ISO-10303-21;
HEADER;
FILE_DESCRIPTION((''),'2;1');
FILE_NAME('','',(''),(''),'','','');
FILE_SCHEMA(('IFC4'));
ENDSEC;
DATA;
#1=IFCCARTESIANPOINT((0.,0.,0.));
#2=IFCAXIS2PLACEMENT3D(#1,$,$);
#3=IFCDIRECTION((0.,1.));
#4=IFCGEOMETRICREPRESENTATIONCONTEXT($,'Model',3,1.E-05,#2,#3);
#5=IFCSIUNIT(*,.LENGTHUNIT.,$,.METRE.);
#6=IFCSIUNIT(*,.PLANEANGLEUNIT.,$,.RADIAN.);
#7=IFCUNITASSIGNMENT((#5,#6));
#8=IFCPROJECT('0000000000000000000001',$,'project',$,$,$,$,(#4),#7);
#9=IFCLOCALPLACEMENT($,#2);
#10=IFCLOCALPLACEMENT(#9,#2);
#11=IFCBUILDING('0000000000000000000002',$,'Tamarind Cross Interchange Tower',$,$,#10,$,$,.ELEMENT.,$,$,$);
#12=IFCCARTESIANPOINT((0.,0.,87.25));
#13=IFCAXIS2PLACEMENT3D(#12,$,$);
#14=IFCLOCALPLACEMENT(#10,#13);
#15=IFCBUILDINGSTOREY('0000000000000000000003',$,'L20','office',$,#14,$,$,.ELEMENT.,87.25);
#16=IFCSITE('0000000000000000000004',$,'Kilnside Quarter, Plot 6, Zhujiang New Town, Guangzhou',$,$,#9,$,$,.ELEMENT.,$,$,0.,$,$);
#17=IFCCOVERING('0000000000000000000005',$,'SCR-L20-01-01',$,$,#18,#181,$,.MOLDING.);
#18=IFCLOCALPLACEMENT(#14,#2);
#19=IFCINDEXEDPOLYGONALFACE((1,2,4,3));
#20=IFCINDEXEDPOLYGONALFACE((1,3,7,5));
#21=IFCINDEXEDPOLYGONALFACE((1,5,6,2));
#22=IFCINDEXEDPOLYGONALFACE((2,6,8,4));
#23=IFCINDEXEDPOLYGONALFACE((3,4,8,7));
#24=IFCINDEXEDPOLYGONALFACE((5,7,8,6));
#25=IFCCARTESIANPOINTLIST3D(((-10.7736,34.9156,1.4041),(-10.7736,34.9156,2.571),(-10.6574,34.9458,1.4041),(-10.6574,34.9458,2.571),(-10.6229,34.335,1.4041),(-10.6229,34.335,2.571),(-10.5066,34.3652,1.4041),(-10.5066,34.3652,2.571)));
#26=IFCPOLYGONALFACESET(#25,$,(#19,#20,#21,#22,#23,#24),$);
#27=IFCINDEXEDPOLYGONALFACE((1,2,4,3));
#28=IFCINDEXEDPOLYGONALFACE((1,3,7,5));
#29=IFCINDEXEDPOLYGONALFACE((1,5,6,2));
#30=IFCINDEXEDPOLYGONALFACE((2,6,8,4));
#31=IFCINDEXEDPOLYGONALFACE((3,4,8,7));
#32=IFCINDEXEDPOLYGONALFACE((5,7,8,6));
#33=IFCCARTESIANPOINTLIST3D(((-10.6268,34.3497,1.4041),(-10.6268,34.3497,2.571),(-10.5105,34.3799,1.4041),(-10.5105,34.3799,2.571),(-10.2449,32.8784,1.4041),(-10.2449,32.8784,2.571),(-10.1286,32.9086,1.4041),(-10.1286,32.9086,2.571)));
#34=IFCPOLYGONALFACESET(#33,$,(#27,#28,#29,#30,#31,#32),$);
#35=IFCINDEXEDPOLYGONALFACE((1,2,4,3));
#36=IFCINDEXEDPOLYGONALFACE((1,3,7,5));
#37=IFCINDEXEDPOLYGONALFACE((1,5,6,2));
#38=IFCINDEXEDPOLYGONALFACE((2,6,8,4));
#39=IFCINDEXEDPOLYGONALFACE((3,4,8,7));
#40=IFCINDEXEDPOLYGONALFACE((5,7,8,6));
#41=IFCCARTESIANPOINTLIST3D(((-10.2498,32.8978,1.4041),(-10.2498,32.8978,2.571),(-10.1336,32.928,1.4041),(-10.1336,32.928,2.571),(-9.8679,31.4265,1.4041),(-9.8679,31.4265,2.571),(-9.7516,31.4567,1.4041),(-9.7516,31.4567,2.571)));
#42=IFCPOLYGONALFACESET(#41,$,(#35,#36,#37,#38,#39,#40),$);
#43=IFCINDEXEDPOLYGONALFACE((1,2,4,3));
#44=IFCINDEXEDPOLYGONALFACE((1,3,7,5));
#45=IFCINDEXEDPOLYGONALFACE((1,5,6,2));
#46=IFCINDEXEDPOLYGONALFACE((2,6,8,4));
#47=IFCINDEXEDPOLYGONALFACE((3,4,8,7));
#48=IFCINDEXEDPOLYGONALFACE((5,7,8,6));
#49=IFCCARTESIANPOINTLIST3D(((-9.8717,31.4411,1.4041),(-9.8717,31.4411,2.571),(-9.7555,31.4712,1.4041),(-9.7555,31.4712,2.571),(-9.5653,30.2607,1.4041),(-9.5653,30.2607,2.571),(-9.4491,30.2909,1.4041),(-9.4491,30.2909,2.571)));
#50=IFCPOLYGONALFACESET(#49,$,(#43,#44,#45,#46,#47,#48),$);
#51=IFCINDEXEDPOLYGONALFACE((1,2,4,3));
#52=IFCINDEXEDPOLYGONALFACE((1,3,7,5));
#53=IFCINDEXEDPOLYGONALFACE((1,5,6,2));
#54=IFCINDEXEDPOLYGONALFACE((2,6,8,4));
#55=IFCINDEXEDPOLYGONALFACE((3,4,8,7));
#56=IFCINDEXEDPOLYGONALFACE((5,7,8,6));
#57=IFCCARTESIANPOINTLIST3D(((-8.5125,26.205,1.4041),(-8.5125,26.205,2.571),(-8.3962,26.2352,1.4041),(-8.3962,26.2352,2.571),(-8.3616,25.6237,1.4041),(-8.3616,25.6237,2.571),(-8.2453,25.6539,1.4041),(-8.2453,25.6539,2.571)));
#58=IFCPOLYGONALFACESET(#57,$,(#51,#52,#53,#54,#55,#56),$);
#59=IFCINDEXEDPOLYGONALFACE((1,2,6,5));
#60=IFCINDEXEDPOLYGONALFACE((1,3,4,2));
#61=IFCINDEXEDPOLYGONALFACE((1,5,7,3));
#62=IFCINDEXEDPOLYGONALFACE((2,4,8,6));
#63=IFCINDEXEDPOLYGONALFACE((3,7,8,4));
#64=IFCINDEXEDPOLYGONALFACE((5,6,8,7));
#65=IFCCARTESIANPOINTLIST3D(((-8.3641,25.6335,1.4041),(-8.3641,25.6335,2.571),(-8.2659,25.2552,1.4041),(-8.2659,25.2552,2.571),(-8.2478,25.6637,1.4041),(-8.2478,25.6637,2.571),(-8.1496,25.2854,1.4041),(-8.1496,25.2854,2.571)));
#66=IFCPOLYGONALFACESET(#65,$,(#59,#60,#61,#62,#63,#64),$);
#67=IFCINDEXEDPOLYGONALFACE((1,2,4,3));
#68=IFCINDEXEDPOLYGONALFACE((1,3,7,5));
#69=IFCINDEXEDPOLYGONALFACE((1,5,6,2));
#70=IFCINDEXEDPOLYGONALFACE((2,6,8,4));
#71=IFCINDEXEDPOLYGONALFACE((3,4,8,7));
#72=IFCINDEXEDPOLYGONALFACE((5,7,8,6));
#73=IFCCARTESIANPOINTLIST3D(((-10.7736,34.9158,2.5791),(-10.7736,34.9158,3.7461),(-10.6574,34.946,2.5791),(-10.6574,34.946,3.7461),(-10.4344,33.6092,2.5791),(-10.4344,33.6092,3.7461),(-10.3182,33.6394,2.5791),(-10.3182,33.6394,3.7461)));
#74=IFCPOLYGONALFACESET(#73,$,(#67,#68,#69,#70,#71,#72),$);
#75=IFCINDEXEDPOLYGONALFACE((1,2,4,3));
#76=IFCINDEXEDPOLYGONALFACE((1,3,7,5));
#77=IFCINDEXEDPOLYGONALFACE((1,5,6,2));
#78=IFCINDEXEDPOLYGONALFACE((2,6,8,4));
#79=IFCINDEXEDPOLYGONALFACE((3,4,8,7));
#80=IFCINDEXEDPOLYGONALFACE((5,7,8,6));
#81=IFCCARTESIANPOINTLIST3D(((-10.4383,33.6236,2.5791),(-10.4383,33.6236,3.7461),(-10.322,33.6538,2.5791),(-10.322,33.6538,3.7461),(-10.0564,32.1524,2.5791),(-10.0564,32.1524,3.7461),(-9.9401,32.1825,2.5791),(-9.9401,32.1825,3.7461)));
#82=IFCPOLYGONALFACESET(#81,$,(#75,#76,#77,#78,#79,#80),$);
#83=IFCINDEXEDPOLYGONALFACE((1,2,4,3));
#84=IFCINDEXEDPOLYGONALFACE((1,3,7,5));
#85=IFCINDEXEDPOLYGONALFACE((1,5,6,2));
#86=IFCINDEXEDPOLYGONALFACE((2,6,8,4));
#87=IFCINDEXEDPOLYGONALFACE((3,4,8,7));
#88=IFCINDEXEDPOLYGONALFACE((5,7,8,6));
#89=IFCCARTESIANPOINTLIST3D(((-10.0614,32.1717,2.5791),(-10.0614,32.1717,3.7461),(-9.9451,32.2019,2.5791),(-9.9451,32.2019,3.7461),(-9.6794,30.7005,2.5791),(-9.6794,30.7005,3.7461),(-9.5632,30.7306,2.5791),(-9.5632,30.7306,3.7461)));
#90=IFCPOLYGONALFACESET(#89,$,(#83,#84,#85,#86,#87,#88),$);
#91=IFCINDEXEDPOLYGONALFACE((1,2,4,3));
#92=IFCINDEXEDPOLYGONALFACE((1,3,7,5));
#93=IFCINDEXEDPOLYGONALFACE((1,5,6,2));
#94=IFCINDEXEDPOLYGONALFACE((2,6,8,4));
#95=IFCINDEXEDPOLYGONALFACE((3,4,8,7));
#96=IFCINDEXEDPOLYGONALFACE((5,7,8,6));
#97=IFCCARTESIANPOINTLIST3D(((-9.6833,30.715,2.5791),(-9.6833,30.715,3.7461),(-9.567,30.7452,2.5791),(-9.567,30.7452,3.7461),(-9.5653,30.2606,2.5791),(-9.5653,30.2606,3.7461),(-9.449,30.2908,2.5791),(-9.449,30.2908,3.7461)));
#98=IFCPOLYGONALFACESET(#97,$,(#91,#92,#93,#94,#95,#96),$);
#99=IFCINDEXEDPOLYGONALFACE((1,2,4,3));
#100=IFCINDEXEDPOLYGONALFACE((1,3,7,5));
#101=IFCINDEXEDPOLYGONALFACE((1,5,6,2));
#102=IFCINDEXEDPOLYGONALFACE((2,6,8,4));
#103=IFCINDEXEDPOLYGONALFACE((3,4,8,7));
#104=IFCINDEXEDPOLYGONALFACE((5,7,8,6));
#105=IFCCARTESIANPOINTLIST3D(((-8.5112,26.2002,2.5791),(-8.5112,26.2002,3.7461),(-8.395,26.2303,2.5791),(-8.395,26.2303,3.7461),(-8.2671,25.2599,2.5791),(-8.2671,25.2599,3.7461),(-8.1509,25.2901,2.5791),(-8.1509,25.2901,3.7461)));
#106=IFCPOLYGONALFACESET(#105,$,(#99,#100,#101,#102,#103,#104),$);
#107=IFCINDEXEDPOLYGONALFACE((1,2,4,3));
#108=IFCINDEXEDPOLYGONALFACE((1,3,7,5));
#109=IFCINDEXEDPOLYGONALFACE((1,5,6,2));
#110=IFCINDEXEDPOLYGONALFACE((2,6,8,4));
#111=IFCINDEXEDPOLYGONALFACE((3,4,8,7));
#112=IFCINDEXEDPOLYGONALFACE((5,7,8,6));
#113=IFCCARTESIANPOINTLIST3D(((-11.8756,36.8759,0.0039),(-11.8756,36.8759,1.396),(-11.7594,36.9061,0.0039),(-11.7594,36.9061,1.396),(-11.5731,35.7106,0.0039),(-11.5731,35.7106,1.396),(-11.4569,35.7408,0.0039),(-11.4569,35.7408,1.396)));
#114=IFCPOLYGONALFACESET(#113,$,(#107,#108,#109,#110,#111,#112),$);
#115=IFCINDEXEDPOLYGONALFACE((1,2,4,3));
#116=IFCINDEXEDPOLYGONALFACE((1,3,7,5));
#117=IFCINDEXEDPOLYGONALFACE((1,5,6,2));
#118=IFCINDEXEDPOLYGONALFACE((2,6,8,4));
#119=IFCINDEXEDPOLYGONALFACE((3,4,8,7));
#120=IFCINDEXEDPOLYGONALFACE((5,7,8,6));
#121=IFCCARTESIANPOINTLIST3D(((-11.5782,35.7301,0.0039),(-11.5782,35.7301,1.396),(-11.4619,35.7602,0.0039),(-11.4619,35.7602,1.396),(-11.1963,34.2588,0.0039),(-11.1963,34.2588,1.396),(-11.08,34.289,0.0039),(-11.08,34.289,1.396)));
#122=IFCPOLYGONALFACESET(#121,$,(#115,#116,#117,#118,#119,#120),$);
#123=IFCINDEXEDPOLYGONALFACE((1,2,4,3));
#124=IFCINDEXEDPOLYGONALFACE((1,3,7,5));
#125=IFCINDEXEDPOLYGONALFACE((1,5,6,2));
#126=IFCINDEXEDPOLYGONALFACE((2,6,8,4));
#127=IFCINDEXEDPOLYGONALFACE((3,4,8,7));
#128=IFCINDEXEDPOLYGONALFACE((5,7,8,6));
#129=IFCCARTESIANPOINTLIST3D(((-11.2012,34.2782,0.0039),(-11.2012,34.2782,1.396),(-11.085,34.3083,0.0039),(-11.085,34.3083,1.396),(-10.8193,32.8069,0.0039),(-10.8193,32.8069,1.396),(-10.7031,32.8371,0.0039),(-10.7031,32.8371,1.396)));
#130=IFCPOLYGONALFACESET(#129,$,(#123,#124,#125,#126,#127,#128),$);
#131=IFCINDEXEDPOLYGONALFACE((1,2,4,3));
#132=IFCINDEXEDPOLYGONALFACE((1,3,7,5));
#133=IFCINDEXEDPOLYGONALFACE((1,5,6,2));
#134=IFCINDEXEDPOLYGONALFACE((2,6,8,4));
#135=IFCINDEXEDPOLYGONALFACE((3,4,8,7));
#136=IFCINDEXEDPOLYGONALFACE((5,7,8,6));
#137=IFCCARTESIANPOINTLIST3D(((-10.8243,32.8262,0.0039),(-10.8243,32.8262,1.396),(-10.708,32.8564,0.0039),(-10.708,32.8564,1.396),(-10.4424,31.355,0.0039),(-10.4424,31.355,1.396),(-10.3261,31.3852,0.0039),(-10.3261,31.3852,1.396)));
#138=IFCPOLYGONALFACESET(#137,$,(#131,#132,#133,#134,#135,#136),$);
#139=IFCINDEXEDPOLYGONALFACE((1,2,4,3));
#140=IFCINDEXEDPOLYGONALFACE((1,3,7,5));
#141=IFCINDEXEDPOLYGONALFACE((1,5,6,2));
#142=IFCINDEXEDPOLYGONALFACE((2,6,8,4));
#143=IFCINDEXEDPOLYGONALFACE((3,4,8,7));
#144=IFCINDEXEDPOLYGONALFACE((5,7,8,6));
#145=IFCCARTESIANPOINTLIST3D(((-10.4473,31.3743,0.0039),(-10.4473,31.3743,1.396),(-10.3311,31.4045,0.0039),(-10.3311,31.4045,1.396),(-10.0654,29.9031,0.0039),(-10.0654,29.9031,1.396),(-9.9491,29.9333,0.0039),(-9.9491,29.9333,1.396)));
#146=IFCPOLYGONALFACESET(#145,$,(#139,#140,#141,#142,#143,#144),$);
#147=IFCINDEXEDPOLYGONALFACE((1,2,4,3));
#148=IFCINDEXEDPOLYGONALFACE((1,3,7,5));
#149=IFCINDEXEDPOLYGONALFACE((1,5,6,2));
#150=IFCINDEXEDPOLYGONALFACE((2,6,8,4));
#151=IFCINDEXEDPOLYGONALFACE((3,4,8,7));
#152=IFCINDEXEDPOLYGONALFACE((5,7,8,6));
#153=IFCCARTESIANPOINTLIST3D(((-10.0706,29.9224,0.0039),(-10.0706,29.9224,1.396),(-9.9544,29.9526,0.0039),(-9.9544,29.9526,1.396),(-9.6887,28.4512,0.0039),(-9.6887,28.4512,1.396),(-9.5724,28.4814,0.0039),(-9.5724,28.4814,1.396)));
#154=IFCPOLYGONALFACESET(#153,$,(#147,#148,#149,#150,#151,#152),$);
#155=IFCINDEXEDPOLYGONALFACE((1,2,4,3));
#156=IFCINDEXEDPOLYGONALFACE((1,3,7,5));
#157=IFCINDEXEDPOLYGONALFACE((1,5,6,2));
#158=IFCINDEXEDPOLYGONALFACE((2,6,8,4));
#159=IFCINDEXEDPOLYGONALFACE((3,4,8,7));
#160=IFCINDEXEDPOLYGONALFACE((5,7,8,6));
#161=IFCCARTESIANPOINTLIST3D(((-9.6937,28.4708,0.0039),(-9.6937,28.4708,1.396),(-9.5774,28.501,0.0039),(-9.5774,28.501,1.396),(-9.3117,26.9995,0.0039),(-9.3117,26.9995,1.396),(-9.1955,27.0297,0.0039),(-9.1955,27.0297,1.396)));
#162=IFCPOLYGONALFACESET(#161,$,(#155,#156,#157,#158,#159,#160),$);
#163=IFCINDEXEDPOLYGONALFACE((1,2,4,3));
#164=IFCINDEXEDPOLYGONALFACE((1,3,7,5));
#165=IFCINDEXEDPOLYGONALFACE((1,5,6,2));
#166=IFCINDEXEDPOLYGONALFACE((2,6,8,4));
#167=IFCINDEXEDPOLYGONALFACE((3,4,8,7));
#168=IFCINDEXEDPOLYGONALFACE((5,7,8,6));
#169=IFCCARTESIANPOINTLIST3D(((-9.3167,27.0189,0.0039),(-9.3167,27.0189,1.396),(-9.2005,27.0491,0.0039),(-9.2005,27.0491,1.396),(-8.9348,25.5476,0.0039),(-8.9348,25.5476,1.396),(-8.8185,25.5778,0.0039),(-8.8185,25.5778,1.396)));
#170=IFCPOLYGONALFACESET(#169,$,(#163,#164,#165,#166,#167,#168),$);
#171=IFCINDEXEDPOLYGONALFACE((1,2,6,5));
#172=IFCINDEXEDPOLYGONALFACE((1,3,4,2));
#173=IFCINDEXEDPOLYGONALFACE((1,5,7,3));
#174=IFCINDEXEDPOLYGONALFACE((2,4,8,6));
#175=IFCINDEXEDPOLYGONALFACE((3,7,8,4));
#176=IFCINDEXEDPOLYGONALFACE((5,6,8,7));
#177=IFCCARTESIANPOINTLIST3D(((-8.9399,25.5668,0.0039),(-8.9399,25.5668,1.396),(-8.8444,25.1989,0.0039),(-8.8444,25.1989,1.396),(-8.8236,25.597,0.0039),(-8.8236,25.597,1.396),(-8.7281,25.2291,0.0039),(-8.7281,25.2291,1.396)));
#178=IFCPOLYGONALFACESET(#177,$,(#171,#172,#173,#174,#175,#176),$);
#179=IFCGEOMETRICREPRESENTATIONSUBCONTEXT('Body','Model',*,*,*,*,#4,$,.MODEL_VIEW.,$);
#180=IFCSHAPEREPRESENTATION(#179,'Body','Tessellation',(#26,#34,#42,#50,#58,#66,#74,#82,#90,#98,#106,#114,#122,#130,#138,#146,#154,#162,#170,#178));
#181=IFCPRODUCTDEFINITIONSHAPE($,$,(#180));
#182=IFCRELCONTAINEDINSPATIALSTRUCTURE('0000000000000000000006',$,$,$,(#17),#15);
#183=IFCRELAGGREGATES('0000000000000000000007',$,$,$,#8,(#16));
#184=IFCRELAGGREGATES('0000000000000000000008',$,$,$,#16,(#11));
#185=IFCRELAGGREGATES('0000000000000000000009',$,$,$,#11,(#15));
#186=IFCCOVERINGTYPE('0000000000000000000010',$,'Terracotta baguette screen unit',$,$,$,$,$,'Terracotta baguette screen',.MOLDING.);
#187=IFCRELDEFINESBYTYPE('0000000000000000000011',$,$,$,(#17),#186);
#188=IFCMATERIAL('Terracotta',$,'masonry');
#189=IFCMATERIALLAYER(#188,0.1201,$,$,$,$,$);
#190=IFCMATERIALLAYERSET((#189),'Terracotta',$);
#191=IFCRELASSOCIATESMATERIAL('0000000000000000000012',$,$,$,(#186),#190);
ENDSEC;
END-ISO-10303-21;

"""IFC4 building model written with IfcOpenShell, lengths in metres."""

from ifc_helpers import new_model, si_unit, direction, frame, origin, origin_2d, place, context, subcontext, project, spatial, rectangle, extrude, material, layer, layer_set, type_object, element, save


model = new_model("IFC4")

# Units and contexts
model_context = context("Model", 3, precision=1e-05, world=origin(), true_north=direction((0.0, 1.0)))
body_context = subcontext(model_context, "Body", "Model", "MODEL_VIEW")
ifc_project = project(units=[si_unit("LENGTHUNIT", "METRE"), si_unit("PLANEANGLEUNIT", "RADIAN")], contexts=[model_context])

# Site, building, storey
site_placement = place(None, origin())
site = spatial("IfcSite", under=ifc_project, at=site_placement, Name="Kilnside Quarter, Plot 6, Zhujiang New Town, Guangzhou", CompositionType="ELEMENT", RefElevation=0.0)
building_placement = place(site_placement, origin())
building = spatial("IfcBuilding", under=site, at=building_placement, Name="Tamarind Cross Interchange Tower", CompositionType="ELEMENT")
storey_placement = place(building_placement, frame((0.0, 0.0, 87.25)))
storey = spatial("IfcBuildingStorey", under=building, at=storey_placement, Name="L20", Description="office", CompositionType="ELEMENT", Elevation=87.25)

# Covering
ifc_material_1 = material(Name="Terracotta", Category="masonry")
ifc_layer_1 = layer(ifc_material_1, 0.1201)
ifc_layer_set_1 = layer_set([ifc_layer_1], Name="Terracotta")
covering_type = type_object("IfcCoveringType", Name="Terracotta baguette screen unit", ElementType="Terracotta baguette screen", PredefinedType="MOLDING", material=ifc_layer_set_1)
covering_1_placement = place(storey_placement, origin())
element("IfcCovering", 1, at=covering_1_placement, inside=storey, type_object=covering_type, Name="SCR-L20-01-01", PredefinedType="MOLDING", context=body_context, shape_type="SweptSolid", body=[
    extrude(rectangle(XDim=0.5999, YDim=0.1201, at=origin_2d()), frame((-10.6401, 34.6404, 1.4041), z_axis=(0.0, 0.0, 1.0), x_axis=(0.251267, -0.967918, 0.0)), (0.0, 0.0, 1.0), 1.167),
    extrude(rectangle(XDim=1.52, YDim=0.1201, at=origin_2d()), frame((-10.3777, 33.6292, 1.4041), z_axis=(0.0, 0.0, 1.0), x_axis=(0.251267, -0.967918, 0.0)), (0.0, 0.0, 1.0), 1.167),
    extrude(rectangle(XDim=1.52, YDim=0.1201, at=origin_2d()), frame((-10.0007, 32.1772, 1.4041), z_axis=(0.0, 0.0, 1.0), x_axis=(0.251267, -0.967918, 0.0)), (0.0, 0.0, 1.0), 1.167),
    extrude(rectangle(XDim=1.2195, YDim=0.1201, at=origin_2d()), frame((-9.6604, 30.866, 1.4041), z_axis=(0.0, 0.0, 1.0), x_axis=(0.251267, -0.967918, 0.0)), (0.0, 0.0, 1.0), 1.167),
    extrude(rectangle(XDim=0.6006, YDim=0.1201, at=origin_2d()), frame((-8.3789, 25.9294, 1.4041), z_axis=(0.0, 0.0, 1.0), x_axis=(0.251267, -0.967918, 0.0)), (0.0, 0.0, 1.0), 1.167),
    extrude(rectangle(XDim=0.3909, YDim=0.1201, at=origin_2d()), frame((-8.2568, 25.4595, 1.4041), z_axis=(0.0, 0.0, 1.0), x_axis=(0.251267, -0.967918, 0.0)), (0.0, 0.0, 1.0), 1.167),
    extrude(rectangle(XDim=1.3499, YDim=0.1201, at=origin_2d()), frame((-10.5459, 34.2776, 2.5791), z_axis=(0.0, 0.0, 1.0), x_axis=(0.251267, -0.967918, 0.0)), (0.0, 0.0, 1.0), 1.167),
    extrude(rectangle(XDim=1.52, YDim=0.1201, at=origin_2d()), frame((-10.1892, 32.9031, 2.5791), z_axis=(0.0, 0.0, 1.0), x_axis=(0.251267, -0.967918, 0.0)), (0.0, 0.0, 1.0), 1.167),
    extrude(rectangle(XDim=1.52, YDim=0.1201, at=origin_2d()), frame((-9.8123, 31.4512, 2.5791), z_axis=(0.0, 0.0, 1.0), x_axis=(0.251267, -0.967918, 0.0)), (0.0, 0.0, 1.0), 1.167),
    extrude(rectangle(XDim=0.4695, YDim=0.1201, at=origin_2d()), frame((-9.5662, 30.5029, 2.5791), z_axis=(0.0, 0.0, 1.0), x_axis=(0.251267, -0.967918, 0.0)), (0.0, 0.0, 1.0), 1.167),
    extrude(rectangle(XDim=0.9714, YDim=0.1201, at=origin_2d()), frame((-8.3311, 25.7451, 2.5791), z_axis=(0.0, 0.0, 1.0), x_axis=(0.251267, -0.967918, 0.0)), (0.0, 0.0, 1.0), 1.167),
    extrude(rectangle(XDim=1.2039, YDim=0.1201, at=origin_2d()), frame((-11.6663, 36.3083, 0.0039), z_axis=(0.0, 0.0, 1.0), x_axis=(0.251267, -0.967918, 0.0)), (0.0, 0.0, 1.0), 1.3921),
    extrude(rectangle(XDim=1.52, YDim=0.1201, at=origin_2d()), frame((-11.3291, 35.0095, 0.0039), z_axis=(0.0, 0.0, 1.0), x_axis=(0.251267, -0.967918, 0.0)), (0.0, 0.0, 1.0), 1.3921),
    extrude(rectangle(XDim=1.52, YDim=0.1201, at=origin_2d()), frame((-10.9521, 33.5576, 0.0039), z_axis=(0.0, 0.0, 1.0), x_axis=(0.251267, -0.967918, 0.0)), (0.0, 0.0, 1.0), 1.3921),
    extrude(rectangle(XDim=1.52, YDim=0.1201, at=origin_2d()), frame((-10.5752, 32.1057, 0.0039), z_axis=(0.0, 0.0, 1.0), x_axis=(0.251267, -0.967918, 0.0)), (0.0, 0.0, 1.0), 1.3921),
    extrude(rectangle(XDim=1.52, YDim=0.1201, at=origin_2d()), frame((-10.1982, 30.6538, 0.0039), z_axis=(0.0, 0.0, 1.0), x_axis=(0.251267, -0.967918, 0.0)), (0.0, 0.0, 1.0), 1.3921),
    extrude(rectangle(XDim=1.52, YDim=0.1201, at=origin_2d()), frame((-9.8215, 29.2019, 0.0039), z_axis=(0.0, 0.0, 1.0), x_axis=(0.251267, -0.967918, 0.0)), (0.0, 0.0, 1.0), 1.3921),
    extrude(rectangle(XDim=1.52, YDim=0.1201, at=origin_2d()), frame((-9.4446, 27.7502, 0.0039), z_axis=(0.0, 0.0, 1.0), x_axis=(0.251267, -0.967918, 0.0)), (0.0, 0.0, 1.0), 1.3921),
    extrude(rectangle(XDim=1.52, YDim=0.1201, at=origin_2d()), frame((-9.0676, 26.2983, 0.0039), z_axis=(0.0, 0.0, 1.0), x_axis=(0.251267, -0.967918, 0.0)), (0.0, 0.0, 1.0), 1.3921),
    extrude(rectangle(XDim=0.3801, YDim=0.1201, at=origin_2d()), frame((-8.834, 25.3979, 0.0039), z_axis=(0.0, 0.0, 1.0), x_axis=(0.251267, -0.967918, 0.0)), (0.0, 0.0, 1.0), 1.3921),
])

save(model, "model.ifc")
